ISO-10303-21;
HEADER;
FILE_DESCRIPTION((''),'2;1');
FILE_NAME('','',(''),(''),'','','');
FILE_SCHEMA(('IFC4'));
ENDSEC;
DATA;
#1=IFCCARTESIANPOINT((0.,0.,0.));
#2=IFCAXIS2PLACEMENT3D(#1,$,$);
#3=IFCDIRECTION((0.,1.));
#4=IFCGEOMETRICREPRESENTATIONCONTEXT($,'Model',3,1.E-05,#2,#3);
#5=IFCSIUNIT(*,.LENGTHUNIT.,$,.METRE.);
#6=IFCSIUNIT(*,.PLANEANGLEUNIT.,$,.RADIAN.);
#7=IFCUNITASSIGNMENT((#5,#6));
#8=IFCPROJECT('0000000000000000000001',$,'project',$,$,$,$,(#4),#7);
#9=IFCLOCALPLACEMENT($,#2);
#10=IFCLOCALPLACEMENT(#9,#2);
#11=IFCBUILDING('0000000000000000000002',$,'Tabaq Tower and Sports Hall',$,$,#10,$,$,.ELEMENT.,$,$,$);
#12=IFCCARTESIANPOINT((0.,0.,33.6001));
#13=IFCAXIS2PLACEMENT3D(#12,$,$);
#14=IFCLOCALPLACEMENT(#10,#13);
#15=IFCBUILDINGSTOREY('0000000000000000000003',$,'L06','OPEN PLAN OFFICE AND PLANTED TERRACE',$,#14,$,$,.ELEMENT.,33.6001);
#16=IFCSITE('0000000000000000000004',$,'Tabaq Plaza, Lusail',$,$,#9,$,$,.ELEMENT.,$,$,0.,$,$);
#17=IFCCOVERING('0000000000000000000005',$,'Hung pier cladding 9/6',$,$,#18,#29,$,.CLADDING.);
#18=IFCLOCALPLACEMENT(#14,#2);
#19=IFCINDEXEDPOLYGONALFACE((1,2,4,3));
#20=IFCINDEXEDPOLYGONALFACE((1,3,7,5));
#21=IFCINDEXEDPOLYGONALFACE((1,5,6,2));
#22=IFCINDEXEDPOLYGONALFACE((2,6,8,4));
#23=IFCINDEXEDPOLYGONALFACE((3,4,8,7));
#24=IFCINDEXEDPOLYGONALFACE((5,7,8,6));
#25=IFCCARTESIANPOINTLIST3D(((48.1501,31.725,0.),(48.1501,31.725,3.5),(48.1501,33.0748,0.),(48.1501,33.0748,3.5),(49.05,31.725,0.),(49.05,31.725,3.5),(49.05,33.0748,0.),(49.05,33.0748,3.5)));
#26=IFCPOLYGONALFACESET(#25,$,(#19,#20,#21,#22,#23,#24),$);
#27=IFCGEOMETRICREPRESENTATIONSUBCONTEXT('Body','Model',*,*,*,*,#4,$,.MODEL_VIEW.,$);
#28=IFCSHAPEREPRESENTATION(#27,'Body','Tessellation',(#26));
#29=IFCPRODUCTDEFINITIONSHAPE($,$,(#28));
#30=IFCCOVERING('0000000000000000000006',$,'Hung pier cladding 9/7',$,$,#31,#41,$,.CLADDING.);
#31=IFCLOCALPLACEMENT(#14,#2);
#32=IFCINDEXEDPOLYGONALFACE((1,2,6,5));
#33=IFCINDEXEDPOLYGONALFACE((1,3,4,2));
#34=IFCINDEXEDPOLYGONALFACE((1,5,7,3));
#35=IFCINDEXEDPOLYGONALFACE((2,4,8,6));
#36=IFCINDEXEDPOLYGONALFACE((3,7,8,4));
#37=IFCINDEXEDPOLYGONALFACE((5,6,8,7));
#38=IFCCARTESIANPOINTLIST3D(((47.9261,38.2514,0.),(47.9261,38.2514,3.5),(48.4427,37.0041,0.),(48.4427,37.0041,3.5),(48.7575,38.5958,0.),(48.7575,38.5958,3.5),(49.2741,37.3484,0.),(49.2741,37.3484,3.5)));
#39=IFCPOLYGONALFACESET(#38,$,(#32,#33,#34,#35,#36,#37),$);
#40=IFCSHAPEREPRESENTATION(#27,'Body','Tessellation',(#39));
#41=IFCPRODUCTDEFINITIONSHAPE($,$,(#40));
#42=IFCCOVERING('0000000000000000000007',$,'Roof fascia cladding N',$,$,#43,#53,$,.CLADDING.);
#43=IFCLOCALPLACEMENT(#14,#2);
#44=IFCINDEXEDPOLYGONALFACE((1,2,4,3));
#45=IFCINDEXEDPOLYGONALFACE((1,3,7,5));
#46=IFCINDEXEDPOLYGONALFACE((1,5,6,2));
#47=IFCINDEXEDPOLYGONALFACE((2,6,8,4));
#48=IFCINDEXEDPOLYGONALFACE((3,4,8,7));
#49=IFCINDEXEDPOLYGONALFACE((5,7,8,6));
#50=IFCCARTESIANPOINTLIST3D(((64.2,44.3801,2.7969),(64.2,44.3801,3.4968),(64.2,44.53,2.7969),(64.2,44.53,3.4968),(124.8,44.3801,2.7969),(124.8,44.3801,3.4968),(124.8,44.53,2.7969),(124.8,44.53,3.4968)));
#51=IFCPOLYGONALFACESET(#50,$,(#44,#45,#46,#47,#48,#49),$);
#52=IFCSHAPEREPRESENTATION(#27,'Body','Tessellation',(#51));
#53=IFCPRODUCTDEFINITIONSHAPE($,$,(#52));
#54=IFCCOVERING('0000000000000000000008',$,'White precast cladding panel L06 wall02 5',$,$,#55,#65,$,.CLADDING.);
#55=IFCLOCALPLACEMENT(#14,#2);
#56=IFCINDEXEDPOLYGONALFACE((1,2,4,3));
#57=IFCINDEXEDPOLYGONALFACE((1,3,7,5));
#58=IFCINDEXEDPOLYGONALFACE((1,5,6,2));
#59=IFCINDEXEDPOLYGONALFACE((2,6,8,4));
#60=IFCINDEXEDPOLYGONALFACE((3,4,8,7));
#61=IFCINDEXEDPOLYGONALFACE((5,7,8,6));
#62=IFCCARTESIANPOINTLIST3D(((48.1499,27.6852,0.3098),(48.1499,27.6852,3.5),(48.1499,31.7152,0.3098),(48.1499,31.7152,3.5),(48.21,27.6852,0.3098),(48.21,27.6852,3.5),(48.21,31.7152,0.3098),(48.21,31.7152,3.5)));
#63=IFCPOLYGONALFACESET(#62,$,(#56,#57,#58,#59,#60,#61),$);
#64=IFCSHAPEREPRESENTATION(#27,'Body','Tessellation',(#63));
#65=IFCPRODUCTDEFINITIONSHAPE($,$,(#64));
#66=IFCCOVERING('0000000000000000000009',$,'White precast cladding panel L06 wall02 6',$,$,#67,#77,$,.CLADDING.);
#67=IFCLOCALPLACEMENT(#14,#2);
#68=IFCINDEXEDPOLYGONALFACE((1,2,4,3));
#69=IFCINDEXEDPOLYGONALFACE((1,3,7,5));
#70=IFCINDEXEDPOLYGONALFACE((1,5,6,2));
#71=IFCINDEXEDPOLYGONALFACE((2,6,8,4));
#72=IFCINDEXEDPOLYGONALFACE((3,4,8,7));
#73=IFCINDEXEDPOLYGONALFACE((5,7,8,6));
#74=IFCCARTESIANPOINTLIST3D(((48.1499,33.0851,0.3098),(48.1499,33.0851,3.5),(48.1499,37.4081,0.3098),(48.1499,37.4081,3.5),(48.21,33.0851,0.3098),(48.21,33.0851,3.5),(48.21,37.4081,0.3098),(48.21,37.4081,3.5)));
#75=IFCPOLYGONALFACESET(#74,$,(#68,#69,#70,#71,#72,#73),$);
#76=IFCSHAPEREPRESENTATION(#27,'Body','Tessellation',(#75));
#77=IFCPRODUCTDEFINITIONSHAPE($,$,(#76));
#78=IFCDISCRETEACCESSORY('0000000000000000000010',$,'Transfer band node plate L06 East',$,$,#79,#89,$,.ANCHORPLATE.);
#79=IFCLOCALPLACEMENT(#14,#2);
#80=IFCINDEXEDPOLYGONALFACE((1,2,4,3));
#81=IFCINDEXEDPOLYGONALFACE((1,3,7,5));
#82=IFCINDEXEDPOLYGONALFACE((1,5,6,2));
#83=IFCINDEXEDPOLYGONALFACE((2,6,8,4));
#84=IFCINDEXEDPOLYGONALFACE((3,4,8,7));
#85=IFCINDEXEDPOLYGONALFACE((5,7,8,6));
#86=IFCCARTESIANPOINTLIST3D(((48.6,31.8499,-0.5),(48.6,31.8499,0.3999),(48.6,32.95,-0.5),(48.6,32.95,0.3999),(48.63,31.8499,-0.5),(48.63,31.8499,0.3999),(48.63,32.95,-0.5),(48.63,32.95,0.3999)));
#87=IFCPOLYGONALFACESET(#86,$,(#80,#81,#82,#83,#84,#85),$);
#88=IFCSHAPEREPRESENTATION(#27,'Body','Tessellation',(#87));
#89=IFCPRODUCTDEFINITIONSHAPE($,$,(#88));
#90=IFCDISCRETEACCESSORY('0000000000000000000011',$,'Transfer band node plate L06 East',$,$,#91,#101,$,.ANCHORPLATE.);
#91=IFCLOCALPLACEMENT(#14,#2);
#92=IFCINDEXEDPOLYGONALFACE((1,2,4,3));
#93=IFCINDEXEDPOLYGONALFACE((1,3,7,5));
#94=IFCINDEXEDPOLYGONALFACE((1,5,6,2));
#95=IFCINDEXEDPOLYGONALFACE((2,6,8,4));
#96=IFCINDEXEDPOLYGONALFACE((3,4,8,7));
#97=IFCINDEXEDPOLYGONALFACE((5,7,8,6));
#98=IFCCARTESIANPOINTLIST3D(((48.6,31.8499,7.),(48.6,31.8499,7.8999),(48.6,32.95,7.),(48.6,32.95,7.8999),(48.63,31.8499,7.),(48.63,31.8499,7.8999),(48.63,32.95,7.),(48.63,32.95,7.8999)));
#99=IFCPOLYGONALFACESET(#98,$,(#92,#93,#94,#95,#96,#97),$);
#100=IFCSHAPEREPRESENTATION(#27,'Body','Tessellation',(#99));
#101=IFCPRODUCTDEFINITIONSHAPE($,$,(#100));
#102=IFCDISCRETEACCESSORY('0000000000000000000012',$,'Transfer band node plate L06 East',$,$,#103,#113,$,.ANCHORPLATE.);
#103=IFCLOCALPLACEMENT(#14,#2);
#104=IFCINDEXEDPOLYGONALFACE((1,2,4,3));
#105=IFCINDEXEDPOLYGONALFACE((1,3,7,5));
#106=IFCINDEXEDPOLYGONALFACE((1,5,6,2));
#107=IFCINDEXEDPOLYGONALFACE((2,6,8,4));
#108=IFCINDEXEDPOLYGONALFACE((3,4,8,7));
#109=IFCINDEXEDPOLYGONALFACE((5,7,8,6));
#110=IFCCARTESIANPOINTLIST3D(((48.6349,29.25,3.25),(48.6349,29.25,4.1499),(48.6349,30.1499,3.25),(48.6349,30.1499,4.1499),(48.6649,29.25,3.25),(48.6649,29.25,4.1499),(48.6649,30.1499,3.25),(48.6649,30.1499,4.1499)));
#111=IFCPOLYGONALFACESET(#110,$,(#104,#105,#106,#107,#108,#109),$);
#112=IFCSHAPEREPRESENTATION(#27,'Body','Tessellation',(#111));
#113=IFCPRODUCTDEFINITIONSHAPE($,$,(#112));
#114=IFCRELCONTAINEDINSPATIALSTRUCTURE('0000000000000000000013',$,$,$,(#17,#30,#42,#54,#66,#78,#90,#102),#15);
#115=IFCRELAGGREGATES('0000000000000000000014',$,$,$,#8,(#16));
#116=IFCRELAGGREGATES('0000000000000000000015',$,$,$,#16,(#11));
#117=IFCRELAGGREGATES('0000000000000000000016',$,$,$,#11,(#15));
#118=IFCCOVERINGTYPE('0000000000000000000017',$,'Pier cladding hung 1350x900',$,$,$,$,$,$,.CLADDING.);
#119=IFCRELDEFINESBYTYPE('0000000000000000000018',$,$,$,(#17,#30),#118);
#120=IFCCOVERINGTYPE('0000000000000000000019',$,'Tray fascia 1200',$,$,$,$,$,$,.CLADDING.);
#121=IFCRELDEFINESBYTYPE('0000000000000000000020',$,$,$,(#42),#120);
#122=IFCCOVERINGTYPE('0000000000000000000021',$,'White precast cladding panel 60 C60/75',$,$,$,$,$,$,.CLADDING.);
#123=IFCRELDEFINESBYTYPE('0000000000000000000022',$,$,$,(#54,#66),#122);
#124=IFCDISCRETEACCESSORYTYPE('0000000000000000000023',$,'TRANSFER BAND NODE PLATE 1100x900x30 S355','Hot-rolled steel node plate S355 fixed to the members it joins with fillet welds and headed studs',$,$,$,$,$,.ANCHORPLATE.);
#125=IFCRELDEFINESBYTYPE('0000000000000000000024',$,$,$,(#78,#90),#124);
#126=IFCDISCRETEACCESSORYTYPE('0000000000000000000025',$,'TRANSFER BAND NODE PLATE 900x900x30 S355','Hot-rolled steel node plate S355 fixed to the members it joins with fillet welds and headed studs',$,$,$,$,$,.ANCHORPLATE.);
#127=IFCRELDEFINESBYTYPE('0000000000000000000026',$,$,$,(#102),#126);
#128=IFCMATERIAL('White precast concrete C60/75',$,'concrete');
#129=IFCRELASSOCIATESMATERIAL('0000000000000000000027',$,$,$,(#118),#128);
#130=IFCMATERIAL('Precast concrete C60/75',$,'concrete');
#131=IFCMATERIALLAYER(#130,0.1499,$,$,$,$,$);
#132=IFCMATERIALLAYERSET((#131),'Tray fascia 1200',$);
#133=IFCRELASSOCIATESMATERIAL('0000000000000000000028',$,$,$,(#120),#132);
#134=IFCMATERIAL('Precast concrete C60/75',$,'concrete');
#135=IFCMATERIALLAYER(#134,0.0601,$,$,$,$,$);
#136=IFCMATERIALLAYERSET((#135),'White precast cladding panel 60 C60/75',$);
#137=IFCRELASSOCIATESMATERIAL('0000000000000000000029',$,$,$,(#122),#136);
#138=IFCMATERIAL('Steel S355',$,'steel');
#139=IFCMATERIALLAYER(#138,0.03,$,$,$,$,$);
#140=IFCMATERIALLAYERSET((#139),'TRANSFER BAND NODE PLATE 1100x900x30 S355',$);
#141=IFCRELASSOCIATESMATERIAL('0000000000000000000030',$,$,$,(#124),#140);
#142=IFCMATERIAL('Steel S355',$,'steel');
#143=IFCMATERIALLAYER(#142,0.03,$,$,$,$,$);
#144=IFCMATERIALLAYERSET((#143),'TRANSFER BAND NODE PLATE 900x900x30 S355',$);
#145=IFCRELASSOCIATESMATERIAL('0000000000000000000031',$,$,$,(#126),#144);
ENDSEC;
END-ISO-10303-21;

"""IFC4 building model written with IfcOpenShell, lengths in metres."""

from ifc_helpers import new_model, si_unit, direction, frame, frame_2d, origin, origin_2d, place, context, subcontext, project, spatial, rectangle, extrude, material, layer, layer_set, type_object, element, save


model = new_model("IFC4")

# Units and contexts
model_context = context("Model", 3, precision=1e-05, world=origin(), true_north=direction((0.0, 1.0)))
body_context = subcontext(model_context, "Body", "Model", "MODEL_VIEW")
ifc_project = project(units=[si_unit("LENGTHUNIT", "METRE"), si_unit("PLANEANGLEUNIT", "RADIAN")], contexts=[model_context])

# Site, building, storey
site_placement = place(None, origin())
site = spatial("IfcSite", under=ifc_project, at=site_placement, Name="Tabaq Plaza, Lusail", CompositionType="ELEMENT", RefElevation=0.0)
building_placement = place(site_placement, origin())
building = spatial("IfcBuilding", under=site, at=building_placement, Name="Tabaq Tower and Sports Hall", CompositionType="ELEMENT")
storey_placement = place(building_placement, frame((0.0, 0.0, 33.6001)))
storey = spatial("IfcBuildingStorey", under=building, at=storey_placement, Name="L06", Description="OPEN PLAN OFFICE AND PLANTED TERRACE", CompositionType="ELEMENT", Elevation=33.6001)

# Coverings
ifc_material_1 = material(Name="White precast concrete C60/75", Category="concrete")
covering_type_1 = type_object("IfcCoveringType", Name="Pier cladding hung 1350x900", PredefinedType="CLADDING", material=ifc_material_1)
covering_1_placement = place(storey_placement, frame((48.6001, 31.7251, 0.0), z_axis=(0.0, 0.0, 1.0), x_axis=(0.0, 1.0, 0.0)))
element("IfcCovering", 1, at=covering_1_placement, inside=storey, type_object=covering_type_1, Name="Hung pier cladding 9/6", PredefinedType="CLADDING", context=body_context, shape_type="SweptSolid", body=[
    extrude(rectangle(XDim=1.3499, YDim=0.8999, at=frame_2d((0.6748, 0.0))), origin(), (0.0, 0.0, 1.0), 3.5),
])
covering_2_placement = place(storey_placement, frame((48.8584, 37.1763, 0.0), z_axis=(0.0, 0.0, 1.0), x_axis=(-0.38265, 0.923893, 0.0)))
element("IfcCovering", 2, at=covering_2_placement, inside=storey, type_object=covering_type_1, Name="Hung pier cladding 9/7", PredefinedType="CLADDING", context=body_context, shape_type="SweptSolid", body=[
    extrude(rectangle(XDim=1.3501, YDim=0.8999, at=frame_2d((0.675, 0.0))), origin(), (0.0, 0.0, 1.0), 3.5),
])
ifc_material_2 = material(Name="Precast concrete C60/75", Category="concrete")
ifc_layer_1 = layer(ifc_material_2, 0.1499)
ifc_layer_set_1 = layer_set([ifc_layer_1], Name="Tray fascia 1200")
covering_type_2 = type_object("IfcCoveringType", Name="Tray fascia 1200", PredefinedType="CLADDING", material=ifc_layer_set_1)
covering_3_placement = place(storey_placement, frame((64.2, 44.4551, 2.7969), z_axis=(0.0, 0.0, 1.0), x_axis=(1.0, 0.0, 0.0)))
element("IfcCovering", 3, at=covering_3_placement, inside=storey, type_object=covering_type_2, Name="Roof fascia cladding N", PredefinedType="CLADDING", context=body_context, shape_type="SweptSolid", body=[
    extrude(rectangle(XDim=60.6001, YDim=0.1499, at=frame_2d((30.3, 0.0))), origin(), (0.0, 0.0, 1.0), 0.7),
])
ifc_material_3 = material(Name="Precast concrete C60/75", Category="concrete")
ifc_layer_2 = layer(ifc_material_3, 0.0601)
ifc_layer_set_2 = layer_set([ifc_layer_2], Name="White precast cladding panel 60 C60/75")
covering_type_3 = type_object("IfcCoveringType", Name="White precast cladding panel 60 C60/75", PredefinedType="CLADDING", material=ifc_layer_set_2)
covering_4_placement = place(storey_placement, frame((48.1799, 27.6851, 0.3098), z_axis=(0.0, 0.0, 1.0), x_axis=(0.0, 1.0, 0.0)))
element("IfcCovering", 4, at=covering_4_placement, inside=storey, type_object=covering_type_3, Name="White precast cladding panel L06 wall02 5", PredefinedType="CLADDING", context=body_context, shape_type="SweptSolid", body=[
    extrude(rectangle(XDim=4.03, YDim=0.0601, at=frame_2d((2.0151, 0.0))), origin(), (0.0, 0.0, 1.0), 3.1902),
])
covering_5_placement = place(storey_placement, frame((48.1799, 33.085, 0.3098), z_axis=(0.0, 0.0, 1.0), x_axis=(0.0, 1.0, 0.0)))
element("IfcCovering", 5, at=covering_5_placement, inside=storey, type_object=covering_type_3, Name="White precast cladding panel L06 wall02 6", PredefinedType="CLADDING", context=body_context, shape_type="SweptSolid", body=[
    extrude(rectangle(XDim=4.323, YDim=0.0601, at=frame_2d((2.1616, 0.0))), origin(), (0.0, 0.0, 1.0), 3.1902),
])

# Discrete accessories
ifc_material_4 = material(Name="Steel S355", Category="steel")
ifc_layer_3 = layer(ifc_material_4, 0.03)
ifc_layer_set_3 = layer_set([ifc_layer_3], Name="TRANSFER BAND NODE PLATE 1100x900x30 S355")
discrete_accessory_type_1 = type_object("IfcDiscreteAccessoryType", Name="TRANSFER BAND NODE PLATE 1100x900x30 S355", Description="Hot-rolled steel node plate S355 fixed to the members it joins with fillet welds and headed studs", PredefinedType="ANCHORPLATE", material=ifc_layer_set_3)
for number, where, z_axis, x_axis, name in (
    (6, (48.615, 32.3999, -0.5), (0.0, 0.0, 1.0), (0.0, 1.0, 0.0), "Transfer band node plate L06 East"),
    (7, (48.615, 32.3999, 7.0), (0.0, 0.0, 1.0), (0.0, 1.0, 0.0), "Transfer band node plate L06 East"),
):
    element("IfcDiscreteAccessory", number, at=place(storey_placement, frame(where, z_axis=z_axis, x_axis=x_axis)), inside=storey, type_object=discrete_accessory_type_1, Name=name, PredefinedType="ANCHORPLATE", context=body_context, shape_type="SweptSolid", body=[
        extrude(rectangle(XDim=1.1001, YDim=0.03, at=origin_2d()), origin(), (0.0, 0.0, 1.0), 0.8999),
    ])
ifc_material_5 = material(Name="Steel S355", Category="steel")
ifc_layer_4 = layer(ifc_material_5, 0.03)
ifc_layer_set_4 = layer_set([ifc_layer_4], Name="TRANSFER BAND NODE PLATE 900x900x30 S355")
discrete_accessory_type_2 = type_object("IfcDiscreteAccessoryType", Name="TRANSFER BAND NODE PLATE 900x900x30 S355", Description="Hot-rolled steel node plate S355 fixed to the members it joins with fillet welds and headed studs", PredefinedType="ANCHORPLATE", material=ifc_layer_set_4)
discrete_accessory_placement = place(storey_placement, frame((48.6499, 29.7, 3.25), z_axis=(0.0, 0.0, 1.0), x_axis=(0.0, 1.0, 0.0)))
element("IfcDiscreteAccessory", 8, at=discrete_accessory_placement, inside=storey, type_object=discrete_accessory_type_2, Name="Transfer band node plate L06 East", PredefinedType="ANCHORPLATE", context=body_context, shape_type="SweptSolid", body=[
    extrude(rectangle(XDim=0.8999, YDim=0.03, at=origin_2d()), origin(), (0.0, 0.0, 1.0), 0.8999),
])

save(model, "model.ifc")
